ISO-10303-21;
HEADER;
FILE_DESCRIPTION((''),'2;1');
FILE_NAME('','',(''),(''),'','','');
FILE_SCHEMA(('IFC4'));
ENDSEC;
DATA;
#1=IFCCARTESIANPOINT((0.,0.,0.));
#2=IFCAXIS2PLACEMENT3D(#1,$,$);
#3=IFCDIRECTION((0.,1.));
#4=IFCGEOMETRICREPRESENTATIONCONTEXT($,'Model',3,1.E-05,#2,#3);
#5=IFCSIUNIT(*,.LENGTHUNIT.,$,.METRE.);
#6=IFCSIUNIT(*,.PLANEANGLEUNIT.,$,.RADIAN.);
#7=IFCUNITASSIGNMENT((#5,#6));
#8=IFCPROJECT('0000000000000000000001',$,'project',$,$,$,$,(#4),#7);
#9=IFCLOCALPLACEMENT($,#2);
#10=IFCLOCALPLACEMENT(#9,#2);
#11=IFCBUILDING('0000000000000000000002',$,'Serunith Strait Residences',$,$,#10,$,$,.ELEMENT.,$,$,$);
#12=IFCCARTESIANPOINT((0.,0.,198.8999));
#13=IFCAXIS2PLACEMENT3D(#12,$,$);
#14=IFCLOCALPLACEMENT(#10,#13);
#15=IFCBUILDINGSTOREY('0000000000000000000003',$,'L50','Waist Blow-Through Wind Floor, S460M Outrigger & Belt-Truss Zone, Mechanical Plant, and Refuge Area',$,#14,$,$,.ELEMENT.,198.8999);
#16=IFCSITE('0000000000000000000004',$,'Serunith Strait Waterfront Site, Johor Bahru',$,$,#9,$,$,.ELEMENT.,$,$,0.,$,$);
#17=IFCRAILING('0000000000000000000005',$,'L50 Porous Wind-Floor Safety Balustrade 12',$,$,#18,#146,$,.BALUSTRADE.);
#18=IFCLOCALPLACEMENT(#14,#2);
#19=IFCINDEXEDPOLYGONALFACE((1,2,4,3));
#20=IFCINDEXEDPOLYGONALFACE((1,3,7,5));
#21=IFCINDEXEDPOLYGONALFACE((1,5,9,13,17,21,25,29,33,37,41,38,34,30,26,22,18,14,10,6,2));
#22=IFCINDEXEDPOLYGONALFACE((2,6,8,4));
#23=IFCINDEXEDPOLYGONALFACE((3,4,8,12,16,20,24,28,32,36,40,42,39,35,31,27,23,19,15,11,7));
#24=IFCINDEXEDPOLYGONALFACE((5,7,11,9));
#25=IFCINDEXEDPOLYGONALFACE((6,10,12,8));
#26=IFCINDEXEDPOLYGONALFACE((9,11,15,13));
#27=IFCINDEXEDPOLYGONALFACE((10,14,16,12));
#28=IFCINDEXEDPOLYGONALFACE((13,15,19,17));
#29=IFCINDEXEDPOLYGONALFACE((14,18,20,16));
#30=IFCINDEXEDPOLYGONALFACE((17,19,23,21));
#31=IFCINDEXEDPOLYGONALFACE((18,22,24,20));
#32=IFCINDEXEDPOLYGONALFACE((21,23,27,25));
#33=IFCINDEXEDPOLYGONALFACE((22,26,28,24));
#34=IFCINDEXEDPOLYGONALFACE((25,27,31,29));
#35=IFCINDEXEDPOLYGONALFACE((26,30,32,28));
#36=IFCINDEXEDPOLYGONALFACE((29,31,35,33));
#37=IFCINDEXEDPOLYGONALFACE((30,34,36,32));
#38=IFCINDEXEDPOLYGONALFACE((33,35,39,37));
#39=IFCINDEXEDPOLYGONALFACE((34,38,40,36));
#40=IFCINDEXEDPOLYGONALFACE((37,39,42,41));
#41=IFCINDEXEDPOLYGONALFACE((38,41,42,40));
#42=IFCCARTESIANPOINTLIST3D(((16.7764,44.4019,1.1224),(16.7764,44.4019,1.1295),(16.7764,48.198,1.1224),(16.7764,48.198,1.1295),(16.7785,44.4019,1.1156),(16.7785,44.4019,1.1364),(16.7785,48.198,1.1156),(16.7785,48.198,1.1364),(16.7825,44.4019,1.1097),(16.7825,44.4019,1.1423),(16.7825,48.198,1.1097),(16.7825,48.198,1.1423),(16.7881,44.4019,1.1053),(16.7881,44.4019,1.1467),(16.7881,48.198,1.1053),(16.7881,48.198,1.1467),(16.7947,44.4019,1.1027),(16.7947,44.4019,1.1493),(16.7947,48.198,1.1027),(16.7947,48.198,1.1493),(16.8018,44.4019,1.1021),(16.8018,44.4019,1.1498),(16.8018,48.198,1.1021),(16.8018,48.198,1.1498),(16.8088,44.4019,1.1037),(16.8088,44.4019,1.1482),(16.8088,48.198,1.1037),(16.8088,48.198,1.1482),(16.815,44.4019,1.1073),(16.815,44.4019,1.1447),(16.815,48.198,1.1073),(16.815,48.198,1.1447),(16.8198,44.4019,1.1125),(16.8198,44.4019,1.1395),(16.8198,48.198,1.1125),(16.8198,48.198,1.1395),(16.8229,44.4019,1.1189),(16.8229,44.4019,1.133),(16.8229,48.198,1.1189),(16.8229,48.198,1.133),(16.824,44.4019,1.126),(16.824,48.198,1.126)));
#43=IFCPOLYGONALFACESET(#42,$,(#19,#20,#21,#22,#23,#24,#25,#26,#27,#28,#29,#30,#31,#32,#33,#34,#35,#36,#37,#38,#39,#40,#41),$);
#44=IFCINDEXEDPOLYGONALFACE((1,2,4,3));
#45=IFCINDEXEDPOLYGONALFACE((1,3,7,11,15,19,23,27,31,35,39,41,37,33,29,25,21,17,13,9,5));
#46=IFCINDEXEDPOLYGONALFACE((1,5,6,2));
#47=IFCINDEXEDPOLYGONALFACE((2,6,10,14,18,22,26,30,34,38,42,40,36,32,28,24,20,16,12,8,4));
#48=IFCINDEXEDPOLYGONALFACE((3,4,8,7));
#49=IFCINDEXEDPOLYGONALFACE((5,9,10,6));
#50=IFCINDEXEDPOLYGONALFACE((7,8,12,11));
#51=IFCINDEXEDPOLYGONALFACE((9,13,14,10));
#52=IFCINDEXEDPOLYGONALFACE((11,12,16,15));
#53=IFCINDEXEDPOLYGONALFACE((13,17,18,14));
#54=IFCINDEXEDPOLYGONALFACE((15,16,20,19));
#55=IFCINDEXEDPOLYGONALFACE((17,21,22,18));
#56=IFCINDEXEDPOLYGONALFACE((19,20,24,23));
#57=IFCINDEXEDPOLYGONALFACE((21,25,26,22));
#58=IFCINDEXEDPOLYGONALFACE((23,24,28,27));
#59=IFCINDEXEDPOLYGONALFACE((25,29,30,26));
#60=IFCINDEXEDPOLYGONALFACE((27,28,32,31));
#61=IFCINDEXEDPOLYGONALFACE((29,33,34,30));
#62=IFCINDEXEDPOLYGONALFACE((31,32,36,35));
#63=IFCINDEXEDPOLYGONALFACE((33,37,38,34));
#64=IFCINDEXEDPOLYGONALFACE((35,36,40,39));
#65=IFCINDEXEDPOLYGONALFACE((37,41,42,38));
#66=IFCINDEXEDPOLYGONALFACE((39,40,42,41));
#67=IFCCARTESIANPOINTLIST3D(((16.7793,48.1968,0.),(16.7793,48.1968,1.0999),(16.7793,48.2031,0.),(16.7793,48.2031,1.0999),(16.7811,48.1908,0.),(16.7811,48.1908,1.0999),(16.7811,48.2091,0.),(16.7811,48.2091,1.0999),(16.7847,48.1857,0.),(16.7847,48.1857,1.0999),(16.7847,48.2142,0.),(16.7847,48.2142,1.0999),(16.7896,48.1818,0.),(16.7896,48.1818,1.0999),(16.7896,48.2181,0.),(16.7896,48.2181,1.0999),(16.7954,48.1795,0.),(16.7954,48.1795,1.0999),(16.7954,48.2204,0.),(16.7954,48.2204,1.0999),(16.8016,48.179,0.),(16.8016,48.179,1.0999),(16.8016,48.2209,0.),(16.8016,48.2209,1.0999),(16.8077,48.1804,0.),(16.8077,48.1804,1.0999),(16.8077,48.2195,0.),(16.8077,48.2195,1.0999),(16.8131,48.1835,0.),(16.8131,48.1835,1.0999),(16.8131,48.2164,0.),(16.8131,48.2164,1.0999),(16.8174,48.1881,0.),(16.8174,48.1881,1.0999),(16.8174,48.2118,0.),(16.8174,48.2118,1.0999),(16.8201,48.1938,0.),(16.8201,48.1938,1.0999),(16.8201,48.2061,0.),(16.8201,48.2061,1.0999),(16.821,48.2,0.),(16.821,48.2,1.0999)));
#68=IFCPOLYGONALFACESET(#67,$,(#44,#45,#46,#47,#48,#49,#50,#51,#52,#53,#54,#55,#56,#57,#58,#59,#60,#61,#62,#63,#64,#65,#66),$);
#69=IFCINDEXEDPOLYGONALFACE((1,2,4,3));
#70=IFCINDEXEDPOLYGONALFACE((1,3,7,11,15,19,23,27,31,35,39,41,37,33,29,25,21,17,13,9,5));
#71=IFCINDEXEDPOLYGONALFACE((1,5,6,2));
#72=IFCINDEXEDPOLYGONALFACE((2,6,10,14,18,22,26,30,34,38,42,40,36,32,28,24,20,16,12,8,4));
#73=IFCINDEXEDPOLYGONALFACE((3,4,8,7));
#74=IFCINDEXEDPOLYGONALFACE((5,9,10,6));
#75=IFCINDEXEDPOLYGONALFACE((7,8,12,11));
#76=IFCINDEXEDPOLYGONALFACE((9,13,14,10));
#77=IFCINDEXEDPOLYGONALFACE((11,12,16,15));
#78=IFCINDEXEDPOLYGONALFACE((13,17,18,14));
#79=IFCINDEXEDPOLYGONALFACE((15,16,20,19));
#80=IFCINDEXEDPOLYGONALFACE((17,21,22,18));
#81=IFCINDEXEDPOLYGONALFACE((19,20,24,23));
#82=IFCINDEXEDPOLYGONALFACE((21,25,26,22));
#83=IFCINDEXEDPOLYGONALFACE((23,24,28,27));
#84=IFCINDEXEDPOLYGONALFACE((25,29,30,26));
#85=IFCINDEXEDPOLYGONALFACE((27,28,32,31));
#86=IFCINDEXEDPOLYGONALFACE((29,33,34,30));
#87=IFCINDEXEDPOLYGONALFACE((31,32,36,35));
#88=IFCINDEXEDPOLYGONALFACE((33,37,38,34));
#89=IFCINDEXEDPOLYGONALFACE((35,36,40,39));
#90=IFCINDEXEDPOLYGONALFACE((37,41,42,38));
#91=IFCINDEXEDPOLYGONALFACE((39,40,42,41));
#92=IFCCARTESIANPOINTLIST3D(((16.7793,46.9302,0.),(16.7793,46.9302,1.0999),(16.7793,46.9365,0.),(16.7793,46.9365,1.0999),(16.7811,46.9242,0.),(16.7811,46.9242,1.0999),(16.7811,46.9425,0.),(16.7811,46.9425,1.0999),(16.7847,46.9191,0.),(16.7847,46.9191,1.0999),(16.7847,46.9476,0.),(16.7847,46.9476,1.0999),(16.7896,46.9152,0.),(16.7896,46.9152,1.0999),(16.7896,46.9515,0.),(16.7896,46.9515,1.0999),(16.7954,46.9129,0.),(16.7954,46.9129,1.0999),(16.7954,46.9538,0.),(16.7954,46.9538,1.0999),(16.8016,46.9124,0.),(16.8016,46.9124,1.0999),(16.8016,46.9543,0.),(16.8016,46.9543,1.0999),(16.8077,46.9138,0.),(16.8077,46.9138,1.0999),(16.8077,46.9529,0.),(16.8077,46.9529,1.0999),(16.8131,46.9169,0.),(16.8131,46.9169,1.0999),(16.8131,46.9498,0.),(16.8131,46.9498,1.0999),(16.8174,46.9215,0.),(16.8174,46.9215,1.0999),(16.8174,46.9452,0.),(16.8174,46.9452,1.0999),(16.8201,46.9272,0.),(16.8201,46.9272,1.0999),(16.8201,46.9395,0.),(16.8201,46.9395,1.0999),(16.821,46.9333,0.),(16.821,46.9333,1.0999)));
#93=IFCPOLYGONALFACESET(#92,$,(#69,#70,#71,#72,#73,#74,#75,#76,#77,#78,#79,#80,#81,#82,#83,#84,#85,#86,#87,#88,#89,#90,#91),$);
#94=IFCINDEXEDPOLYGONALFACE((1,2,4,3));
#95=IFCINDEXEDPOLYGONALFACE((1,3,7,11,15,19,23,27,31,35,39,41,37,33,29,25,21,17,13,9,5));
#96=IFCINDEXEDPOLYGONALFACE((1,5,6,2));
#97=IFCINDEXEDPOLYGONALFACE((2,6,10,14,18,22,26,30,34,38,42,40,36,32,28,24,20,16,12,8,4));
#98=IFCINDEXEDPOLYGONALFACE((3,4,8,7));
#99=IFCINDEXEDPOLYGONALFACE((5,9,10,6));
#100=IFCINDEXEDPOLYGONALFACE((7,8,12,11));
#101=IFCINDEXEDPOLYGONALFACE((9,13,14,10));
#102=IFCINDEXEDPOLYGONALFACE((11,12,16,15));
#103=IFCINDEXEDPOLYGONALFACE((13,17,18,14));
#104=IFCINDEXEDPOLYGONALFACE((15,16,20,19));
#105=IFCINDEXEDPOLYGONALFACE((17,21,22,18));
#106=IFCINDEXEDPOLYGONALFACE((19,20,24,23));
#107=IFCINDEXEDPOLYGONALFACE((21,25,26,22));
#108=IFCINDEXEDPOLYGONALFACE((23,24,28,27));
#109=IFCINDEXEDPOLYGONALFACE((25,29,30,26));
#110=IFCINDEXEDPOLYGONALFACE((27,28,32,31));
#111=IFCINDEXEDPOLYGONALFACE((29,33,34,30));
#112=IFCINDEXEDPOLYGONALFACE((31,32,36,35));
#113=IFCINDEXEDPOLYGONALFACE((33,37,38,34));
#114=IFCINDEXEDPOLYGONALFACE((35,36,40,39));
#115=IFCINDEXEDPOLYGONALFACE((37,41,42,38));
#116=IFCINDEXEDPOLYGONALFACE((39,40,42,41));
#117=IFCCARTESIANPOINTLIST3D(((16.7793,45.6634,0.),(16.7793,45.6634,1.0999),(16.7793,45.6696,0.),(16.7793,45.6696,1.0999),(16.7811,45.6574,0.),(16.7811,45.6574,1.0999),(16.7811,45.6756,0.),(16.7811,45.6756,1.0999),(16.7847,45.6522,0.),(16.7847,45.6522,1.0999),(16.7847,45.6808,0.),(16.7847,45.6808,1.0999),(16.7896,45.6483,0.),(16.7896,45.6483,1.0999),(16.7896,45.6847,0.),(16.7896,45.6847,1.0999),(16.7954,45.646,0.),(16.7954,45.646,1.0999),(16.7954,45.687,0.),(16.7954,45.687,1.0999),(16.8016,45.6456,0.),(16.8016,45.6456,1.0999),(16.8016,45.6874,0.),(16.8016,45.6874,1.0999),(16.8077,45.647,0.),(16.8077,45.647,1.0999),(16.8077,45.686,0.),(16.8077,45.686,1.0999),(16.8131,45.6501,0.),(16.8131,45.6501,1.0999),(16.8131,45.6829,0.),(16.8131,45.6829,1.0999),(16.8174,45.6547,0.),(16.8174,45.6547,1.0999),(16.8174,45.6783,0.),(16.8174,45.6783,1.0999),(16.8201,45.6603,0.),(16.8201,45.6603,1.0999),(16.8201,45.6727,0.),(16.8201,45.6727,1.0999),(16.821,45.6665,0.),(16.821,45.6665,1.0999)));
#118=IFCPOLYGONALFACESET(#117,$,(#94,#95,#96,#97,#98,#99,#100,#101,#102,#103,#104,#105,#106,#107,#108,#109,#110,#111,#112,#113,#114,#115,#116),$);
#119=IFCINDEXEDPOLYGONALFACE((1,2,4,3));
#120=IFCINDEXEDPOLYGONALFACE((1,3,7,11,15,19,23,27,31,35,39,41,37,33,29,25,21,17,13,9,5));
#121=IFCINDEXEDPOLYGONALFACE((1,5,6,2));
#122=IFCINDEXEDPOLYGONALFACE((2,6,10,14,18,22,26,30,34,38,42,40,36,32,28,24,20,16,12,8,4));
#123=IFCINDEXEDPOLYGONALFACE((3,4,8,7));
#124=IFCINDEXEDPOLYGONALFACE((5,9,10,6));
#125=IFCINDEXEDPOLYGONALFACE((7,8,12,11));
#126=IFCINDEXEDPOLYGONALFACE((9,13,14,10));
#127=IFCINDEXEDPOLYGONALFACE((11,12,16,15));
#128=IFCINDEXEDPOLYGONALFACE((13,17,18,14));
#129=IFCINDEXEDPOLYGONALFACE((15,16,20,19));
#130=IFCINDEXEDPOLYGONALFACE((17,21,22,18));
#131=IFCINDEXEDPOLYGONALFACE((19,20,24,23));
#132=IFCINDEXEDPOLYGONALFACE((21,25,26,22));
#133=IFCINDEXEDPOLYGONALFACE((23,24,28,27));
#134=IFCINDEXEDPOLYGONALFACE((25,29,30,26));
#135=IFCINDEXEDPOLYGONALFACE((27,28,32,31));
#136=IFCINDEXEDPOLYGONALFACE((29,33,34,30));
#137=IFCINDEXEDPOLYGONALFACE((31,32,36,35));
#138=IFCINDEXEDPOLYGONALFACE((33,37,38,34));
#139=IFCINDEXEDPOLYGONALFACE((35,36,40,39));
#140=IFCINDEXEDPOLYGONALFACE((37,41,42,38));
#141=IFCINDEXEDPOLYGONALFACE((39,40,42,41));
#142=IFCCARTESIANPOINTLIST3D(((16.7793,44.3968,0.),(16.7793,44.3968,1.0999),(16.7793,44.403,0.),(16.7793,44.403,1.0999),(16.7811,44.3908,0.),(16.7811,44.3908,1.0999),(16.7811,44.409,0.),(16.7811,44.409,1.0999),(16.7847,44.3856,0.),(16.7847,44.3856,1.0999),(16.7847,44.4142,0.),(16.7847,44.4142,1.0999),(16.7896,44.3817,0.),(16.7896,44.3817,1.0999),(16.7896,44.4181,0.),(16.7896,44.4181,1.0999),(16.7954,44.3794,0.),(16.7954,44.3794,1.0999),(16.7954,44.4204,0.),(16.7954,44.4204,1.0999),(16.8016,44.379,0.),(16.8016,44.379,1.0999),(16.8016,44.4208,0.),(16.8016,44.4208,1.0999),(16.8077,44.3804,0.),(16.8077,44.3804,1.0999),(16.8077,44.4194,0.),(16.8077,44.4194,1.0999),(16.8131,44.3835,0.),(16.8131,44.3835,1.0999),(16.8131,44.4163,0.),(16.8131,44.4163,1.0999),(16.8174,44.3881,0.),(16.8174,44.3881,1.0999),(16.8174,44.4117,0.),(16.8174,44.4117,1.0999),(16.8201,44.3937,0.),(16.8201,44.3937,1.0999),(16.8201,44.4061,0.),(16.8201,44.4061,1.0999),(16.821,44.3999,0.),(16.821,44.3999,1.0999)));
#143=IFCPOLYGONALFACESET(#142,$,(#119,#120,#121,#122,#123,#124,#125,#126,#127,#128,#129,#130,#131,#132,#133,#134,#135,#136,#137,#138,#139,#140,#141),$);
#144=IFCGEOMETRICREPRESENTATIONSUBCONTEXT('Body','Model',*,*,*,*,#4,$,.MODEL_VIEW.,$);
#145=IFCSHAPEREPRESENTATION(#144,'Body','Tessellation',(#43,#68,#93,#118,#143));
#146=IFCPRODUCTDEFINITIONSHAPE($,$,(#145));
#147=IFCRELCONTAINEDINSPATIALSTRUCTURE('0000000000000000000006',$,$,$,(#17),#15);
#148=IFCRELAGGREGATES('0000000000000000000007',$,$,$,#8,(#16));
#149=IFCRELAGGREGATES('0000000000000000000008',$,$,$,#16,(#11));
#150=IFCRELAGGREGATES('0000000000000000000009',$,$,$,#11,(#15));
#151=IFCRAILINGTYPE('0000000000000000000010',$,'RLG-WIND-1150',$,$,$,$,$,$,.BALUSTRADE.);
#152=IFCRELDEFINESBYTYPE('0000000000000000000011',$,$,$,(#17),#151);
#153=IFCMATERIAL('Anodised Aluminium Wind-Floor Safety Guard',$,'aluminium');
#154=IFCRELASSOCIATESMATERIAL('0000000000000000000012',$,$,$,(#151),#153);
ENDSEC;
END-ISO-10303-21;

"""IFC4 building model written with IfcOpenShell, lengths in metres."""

from ifc_helpers import new_model, si_unit, direction, frame, origin, origin_2d, place, context, subcontext, project, spatial, circle, extrude, material, type_object, element, save


model = new_model("IFC4")

# Units and contexts
model_context = context("Model", 3, precision=1e-05, world=origin(), true_north=direction((0.0, 1.0)))
body_context = subcontext(model_context, "Body", "Model", "MODEL_VIEW")
ifc_project = project(units=[si_unit("LENGTHUNIT", "METRE"), si_unit("PLANEANGLEUNIT", "RADIAN")], contexts=[model_context])

# Site, building, storey
site_placement = place(None, origin())
site = spatial("IfcSite", under=ifc_project, at=site_placement, Name="Serunith Strait Waterfront Site, Johor Bahru", CompositionType="ELEMENT", RefElevation=0.0)
building_placement = place(site_placement, origin())
building = spatial("IfcBuilding", under=site, at=building_placement, Name="Serunith Strait Residences", CompositionType="ELEMENT")
storey_placement = place(building_placement, frame((0.0, 0.0, 198.8999)))
storey = spatial("IfcBuildingStorey", under=building, at=storey_placement, Name="L50", Description="Waist Blow-Through Wind Floor, S460M Outrigger & Belt-Truss Zone, Mechanical Plant, and Refuge Area", CompositionType="ELEMENT", Elevation=198.8999)

# Railing
ifc_material_1 = material(Name="Anodised Aluminium Wind-Floor Safety Guard", Category="aluminium")
railing_type = type_object("IfcRailingType", Name="RLG-WIND-1150", PredefinedType="BALUSTRADE", material=ifc_material_1)
railing_1_placement = place(storey_placement, frame((16.8, 48.2, 0.0)))
element("IfcRailing", 1, at=railing_1_placement, inside=storey, type_object=railing_type, Name="L50 Porous Wind-Floor Safety Balustrade 12", PredefinedType="BALUSTRADE", context=body_context, shape_type="SweptSolid", body=[
    extrude(circle(Radius=0.0239, at=origin_2d()), frame((0.0, -0.002, 1.126), z_axis=(0.0, -1.0, 0.0), x_axis=(1.0, 0.0, 0.0)), (0.0, 0.0, 1.0), 3.7961),
    extrude(circle(Radius=0.021, at=origin_2d()), origin(), (0.0, 0.0, 1.0), 1.0999),
    extrude(circle(Radius=0.021, at=origin_2d()), frame((0.0, -1.2666, 0.0)), (0.0, 0.0, 1.0), 1.0999),
    extrude(circle(Radius=0.021, at=origin_2d()), frame((0.0, -2.5334, 0.0)), (0.0, 0.0, 1.0), 1.0999),
    extrude(circle(Radius=0.021, at=origin_2d()), frame((0.0, -3.8, 0.0)), (0.0, 0.0, 1.0), 1.0999),
])

save(model, "model.ifc")
